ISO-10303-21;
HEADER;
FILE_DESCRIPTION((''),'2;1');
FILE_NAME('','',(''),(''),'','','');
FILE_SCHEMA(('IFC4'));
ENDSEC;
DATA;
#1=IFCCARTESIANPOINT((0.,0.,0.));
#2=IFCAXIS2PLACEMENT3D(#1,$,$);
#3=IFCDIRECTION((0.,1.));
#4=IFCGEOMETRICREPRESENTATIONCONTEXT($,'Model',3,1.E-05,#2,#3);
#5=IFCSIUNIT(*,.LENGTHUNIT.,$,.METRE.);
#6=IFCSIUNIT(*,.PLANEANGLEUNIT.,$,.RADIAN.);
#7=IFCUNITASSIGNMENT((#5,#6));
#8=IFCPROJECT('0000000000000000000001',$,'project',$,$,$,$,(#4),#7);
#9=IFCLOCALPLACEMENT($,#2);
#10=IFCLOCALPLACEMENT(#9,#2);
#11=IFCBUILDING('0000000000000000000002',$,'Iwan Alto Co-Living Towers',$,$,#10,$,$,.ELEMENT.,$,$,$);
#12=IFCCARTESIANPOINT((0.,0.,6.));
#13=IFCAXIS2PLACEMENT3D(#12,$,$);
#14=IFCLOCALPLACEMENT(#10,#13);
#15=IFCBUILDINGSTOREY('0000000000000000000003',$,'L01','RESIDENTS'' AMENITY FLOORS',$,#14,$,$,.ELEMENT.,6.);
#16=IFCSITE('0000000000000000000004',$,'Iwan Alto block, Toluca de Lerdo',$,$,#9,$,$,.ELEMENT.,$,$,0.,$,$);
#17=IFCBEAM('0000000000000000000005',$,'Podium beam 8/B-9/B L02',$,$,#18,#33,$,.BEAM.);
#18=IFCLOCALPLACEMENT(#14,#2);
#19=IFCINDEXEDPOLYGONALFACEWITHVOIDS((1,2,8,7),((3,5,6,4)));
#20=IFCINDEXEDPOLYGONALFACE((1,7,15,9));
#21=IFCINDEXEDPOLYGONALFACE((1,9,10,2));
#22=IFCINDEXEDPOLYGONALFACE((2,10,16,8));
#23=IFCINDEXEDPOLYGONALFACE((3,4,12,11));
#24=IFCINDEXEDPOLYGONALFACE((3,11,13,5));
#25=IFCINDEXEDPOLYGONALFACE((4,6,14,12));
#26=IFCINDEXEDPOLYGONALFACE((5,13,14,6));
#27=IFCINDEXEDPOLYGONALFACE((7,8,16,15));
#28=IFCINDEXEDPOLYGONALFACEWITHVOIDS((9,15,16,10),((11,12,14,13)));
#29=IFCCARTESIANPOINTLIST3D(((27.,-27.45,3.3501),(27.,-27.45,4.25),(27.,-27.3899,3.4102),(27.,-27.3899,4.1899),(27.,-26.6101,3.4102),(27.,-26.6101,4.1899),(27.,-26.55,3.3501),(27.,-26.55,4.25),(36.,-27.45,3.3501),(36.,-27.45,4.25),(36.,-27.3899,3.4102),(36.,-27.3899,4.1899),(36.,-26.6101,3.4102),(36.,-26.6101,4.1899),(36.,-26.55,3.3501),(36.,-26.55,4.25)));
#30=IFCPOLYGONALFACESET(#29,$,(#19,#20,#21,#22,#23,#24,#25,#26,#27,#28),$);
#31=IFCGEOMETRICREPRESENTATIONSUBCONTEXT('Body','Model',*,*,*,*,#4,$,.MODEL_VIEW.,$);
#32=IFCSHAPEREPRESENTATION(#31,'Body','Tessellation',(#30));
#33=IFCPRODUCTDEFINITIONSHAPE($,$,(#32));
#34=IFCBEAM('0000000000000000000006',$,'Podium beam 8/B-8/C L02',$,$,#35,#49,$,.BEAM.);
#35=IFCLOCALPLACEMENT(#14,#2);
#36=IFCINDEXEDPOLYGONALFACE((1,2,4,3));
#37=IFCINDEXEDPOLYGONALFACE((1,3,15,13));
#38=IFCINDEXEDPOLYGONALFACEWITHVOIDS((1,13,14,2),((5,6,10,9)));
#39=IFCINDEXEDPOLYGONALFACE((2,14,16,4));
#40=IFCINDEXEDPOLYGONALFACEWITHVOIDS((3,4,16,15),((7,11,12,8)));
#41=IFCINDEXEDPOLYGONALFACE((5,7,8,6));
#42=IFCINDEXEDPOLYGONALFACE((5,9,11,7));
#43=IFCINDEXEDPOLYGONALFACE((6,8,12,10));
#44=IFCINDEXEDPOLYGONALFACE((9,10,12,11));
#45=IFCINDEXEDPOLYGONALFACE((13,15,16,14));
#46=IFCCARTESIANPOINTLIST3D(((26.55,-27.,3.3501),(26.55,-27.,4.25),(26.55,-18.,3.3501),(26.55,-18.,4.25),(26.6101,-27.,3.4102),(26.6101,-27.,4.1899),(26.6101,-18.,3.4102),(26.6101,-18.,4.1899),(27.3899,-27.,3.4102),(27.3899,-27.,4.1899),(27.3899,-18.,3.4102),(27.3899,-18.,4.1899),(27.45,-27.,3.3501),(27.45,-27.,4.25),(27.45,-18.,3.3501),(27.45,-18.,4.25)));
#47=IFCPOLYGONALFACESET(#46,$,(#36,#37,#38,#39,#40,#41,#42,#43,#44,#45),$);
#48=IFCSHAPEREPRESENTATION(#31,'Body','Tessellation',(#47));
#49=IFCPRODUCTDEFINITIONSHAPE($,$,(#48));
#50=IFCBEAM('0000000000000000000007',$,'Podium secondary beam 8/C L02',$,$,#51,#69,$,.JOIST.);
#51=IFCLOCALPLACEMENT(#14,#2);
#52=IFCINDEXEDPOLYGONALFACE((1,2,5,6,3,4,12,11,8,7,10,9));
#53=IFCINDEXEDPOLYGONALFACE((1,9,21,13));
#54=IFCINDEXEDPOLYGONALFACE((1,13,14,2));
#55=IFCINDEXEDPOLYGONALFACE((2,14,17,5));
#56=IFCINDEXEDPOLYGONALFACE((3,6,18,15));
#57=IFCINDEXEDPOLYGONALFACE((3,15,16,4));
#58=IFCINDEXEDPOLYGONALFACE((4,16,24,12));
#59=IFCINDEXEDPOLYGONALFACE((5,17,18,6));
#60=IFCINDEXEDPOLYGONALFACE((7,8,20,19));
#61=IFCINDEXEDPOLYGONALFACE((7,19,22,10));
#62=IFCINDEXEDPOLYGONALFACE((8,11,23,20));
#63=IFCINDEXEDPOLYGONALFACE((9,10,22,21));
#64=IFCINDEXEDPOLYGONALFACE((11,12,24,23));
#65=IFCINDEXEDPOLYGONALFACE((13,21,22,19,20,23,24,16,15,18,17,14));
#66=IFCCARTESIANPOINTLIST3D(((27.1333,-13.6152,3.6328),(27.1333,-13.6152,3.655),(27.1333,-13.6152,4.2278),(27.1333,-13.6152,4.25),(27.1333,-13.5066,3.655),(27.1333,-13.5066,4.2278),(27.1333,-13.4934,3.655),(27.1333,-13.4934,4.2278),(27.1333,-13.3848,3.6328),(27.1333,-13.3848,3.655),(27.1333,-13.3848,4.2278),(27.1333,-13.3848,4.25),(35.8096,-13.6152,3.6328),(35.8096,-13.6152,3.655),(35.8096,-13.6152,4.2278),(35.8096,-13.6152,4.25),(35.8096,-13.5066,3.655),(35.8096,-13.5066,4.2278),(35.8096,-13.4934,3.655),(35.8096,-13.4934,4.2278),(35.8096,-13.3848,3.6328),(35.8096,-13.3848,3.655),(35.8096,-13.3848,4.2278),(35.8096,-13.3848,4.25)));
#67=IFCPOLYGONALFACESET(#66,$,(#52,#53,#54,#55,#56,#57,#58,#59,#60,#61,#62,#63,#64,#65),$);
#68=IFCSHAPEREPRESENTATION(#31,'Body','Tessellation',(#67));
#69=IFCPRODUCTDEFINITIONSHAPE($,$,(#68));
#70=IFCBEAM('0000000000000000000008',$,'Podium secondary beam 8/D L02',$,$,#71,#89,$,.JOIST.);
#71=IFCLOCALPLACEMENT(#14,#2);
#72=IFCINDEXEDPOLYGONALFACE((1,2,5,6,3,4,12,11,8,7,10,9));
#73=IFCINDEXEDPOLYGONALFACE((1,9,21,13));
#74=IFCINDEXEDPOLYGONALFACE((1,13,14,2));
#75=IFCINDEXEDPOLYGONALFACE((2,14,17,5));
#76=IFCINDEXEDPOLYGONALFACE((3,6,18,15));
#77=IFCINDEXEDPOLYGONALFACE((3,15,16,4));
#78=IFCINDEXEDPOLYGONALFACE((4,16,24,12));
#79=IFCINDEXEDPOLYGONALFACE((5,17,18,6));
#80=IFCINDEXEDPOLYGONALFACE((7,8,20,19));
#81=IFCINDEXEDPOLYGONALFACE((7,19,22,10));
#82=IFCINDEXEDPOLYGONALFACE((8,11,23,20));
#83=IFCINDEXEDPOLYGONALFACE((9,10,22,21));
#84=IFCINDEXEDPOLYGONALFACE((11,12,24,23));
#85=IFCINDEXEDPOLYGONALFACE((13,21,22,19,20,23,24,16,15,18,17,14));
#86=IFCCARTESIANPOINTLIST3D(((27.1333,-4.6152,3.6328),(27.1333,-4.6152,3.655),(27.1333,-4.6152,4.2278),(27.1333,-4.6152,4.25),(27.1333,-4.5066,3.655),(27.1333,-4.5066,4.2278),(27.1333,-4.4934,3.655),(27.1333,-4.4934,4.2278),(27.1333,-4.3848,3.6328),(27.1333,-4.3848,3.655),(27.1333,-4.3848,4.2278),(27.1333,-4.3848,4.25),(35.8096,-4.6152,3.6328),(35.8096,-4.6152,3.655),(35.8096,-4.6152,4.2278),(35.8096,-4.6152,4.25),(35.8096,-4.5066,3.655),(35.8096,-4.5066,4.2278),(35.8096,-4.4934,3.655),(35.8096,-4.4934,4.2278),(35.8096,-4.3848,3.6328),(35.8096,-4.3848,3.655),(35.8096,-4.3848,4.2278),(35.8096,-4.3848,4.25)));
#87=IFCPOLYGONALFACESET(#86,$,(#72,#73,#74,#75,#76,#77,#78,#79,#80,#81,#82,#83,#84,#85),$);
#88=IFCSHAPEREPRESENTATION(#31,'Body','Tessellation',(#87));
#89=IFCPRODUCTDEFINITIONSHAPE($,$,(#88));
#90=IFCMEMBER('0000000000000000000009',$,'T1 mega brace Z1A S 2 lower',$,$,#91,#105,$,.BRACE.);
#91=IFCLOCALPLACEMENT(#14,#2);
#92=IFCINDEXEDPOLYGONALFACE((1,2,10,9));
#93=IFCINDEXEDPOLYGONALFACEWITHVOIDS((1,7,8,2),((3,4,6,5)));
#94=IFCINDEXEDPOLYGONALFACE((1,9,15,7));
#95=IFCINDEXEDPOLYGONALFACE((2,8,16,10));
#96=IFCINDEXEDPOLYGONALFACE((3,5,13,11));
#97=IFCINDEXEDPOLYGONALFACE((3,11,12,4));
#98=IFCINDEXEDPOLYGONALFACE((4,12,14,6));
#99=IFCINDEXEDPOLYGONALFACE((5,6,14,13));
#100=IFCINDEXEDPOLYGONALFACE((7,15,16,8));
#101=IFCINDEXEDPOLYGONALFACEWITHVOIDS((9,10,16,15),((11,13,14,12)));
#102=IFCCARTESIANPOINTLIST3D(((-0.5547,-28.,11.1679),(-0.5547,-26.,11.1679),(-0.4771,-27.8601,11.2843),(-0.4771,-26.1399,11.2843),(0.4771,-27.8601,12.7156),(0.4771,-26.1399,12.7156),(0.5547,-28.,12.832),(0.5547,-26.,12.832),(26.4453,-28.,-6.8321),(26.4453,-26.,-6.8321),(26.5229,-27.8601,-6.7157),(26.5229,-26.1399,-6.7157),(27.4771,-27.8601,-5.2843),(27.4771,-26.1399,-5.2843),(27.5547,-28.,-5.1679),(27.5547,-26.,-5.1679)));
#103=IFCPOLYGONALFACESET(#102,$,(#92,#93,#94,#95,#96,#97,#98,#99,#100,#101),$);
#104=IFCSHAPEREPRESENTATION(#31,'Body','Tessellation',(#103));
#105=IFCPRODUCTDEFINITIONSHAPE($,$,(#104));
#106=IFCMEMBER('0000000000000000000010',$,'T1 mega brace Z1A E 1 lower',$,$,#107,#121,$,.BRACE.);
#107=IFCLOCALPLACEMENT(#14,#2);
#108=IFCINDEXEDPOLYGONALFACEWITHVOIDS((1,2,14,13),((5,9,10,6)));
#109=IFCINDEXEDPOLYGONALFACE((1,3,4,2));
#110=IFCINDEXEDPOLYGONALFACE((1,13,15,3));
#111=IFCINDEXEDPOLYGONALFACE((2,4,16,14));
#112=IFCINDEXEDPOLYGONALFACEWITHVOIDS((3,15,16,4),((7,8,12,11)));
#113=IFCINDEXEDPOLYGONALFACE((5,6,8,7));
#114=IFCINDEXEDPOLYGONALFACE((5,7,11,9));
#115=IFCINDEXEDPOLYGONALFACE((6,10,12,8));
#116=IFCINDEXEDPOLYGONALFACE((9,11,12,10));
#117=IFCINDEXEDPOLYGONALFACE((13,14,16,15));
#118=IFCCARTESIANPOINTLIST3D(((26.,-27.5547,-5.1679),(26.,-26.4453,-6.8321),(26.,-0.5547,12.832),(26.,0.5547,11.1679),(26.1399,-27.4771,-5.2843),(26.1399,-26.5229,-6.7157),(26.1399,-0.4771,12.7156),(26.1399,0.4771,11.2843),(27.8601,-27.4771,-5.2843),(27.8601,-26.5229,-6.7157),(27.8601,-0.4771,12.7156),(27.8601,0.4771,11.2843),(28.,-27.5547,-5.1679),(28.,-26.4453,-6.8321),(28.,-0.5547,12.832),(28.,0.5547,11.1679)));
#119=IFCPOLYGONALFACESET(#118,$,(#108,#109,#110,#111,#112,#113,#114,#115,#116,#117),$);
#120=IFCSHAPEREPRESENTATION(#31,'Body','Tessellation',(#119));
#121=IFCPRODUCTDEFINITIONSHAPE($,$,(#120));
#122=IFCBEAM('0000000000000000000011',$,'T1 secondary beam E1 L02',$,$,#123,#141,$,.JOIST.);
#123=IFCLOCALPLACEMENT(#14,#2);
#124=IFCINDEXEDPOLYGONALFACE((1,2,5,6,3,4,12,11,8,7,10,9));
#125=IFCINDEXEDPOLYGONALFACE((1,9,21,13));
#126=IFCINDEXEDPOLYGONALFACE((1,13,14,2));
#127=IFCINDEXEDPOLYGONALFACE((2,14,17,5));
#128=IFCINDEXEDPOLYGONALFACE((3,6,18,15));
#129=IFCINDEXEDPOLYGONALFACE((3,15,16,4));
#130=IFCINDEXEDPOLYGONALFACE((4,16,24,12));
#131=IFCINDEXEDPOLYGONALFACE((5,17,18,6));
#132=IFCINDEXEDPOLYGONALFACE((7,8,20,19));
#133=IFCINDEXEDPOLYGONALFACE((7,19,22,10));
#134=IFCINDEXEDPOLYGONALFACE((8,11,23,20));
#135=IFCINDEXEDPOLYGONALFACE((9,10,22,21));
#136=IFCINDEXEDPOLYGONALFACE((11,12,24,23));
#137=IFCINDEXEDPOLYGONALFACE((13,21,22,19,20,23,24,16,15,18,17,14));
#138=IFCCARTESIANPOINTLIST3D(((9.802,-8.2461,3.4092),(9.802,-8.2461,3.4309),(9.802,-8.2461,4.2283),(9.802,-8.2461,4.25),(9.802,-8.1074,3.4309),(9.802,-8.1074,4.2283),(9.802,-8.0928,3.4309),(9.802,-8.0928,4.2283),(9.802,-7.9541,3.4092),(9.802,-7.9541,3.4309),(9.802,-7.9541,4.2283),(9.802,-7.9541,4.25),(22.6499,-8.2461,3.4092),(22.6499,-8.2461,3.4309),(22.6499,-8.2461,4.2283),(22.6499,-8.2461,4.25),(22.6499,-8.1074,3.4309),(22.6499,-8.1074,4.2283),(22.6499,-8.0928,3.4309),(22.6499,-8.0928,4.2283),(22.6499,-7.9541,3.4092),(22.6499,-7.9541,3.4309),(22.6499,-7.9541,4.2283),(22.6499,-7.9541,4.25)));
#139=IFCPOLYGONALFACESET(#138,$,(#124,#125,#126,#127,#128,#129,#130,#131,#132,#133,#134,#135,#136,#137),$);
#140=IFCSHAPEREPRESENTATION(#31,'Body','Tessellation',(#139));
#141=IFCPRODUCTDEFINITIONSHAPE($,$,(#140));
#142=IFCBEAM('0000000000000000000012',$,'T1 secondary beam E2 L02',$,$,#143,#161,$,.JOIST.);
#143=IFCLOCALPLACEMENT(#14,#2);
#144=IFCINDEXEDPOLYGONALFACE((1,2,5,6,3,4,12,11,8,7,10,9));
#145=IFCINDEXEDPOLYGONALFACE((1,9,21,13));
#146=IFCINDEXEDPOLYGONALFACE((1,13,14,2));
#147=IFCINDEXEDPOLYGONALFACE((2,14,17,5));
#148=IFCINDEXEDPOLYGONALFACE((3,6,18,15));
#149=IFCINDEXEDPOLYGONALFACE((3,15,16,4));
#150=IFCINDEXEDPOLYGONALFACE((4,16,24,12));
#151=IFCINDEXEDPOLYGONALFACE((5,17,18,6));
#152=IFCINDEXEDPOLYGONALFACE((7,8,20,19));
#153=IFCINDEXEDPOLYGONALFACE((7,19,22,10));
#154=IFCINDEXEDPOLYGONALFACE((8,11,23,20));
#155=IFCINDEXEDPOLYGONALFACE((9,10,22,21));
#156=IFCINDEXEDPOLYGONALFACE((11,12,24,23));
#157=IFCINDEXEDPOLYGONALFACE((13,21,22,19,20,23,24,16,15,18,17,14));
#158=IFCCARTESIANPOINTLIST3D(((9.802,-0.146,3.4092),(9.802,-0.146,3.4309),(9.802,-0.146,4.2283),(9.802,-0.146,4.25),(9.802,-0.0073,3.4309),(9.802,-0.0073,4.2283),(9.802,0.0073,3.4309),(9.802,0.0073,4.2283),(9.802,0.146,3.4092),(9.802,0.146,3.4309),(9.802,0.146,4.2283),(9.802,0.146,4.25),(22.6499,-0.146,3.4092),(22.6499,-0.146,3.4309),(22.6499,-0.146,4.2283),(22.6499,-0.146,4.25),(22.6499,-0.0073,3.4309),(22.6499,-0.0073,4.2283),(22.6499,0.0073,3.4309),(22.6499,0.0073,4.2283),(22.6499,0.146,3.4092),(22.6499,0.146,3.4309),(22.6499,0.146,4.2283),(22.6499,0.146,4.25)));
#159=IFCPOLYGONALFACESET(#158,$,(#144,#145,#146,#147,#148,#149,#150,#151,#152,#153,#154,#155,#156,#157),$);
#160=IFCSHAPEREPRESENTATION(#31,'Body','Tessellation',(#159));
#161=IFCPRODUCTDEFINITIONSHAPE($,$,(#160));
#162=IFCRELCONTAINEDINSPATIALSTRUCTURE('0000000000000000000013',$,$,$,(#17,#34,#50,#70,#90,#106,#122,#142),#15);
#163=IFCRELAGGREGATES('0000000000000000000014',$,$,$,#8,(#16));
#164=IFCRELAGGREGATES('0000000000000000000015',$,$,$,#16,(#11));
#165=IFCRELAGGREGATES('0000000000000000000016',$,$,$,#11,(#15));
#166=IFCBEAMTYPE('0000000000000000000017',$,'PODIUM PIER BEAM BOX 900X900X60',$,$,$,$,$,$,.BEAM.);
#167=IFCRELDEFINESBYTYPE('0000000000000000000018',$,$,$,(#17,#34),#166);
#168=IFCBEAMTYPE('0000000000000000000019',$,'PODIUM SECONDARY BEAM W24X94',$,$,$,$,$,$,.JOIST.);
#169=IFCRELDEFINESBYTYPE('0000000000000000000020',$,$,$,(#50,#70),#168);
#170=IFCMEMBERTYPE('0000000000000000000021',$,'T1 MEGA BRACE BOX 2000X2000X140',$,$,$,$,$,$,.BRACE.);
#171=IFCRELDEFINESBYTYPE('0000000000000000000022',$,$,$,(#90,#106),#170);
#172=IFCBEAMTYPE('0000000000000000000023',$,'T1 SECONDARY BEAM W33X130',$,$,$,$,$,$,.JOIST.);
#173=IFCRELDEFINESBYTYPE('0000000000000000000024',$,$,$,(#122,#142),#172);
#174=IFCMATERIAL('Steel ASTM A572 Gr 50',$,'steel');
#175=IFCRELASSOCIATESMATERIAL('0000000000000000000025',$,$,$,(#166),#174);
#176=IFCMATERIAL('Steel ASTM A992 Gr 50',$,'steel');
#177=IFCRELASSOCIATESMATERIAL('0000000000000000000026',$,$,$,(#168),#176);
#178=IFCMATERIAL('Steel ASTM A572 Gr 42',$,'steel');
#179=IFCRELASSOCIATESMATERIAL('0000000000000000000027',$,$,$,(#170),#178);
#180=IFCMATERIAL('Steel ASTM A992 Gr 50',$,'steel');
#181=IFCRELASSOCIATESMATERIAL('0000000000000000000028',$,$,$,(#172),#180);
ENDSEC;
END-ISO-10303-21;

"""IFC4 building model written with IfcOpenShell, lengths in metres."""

from ifc_helpers import new_model, si_unit, direction, frame, origin, origin_2d, place, context, subcontext, project, spatial, hollow_rectangle, i_section, extrude, material, material_profile, profile_set, type_object, element, save


model = new_model("IFC4")

# Units and contexts
model_context = context("Model", 3, precision=1e-05, world=origin(), true_north=direction((0.0, 1.0)))
body_context = subcontext(model_context, "Body", "Model", "MODEL_VIEW")
ifc_project = project(units=[si_unit("LENGTHUNIT", "METRE"), si_unit("PLANEANGLEUNIT", "RADIAN")], contexts=[model_context])

# Site, building, storey
site_placement = place(None, origin())
site = spatial("IfcSite", under=ifc_project, at=site_placement, Name="Iwan Alto block, Toluca de Lerdo", CompositionType="ELEMENT", RefElevation=0.0)
building_placement = place(site_placement, origin())
building = spatial("IfcBuilding", under=site, at=building_placement, Name="Iwan Alto Co-Living Towers", CompositionType="ELEMENT")
storey_placement = place(building_placement, frame((0.0, 0.0, 6.0)))
storey = spatial("IfcBuildingStorey", under=building, at=storey_placement, Name="L01", Description="RESIDENTS' AMENITY FLOORS", CompositionType="ELEMENT", Elevation=6.0)

# Beams
ifc_material_1 = material(Name="Steel ASTM A572 Gr 50", Category="steel")
ifc_material_profile_1 = material_profile(ifc_material_1, hollow_rectangle(XDim=0.8999, YDim=0.8999, WallThickness=0.0601, at=origin_2d()), Name="BOX 900X900X60")
ifc_profile_set_1 = profile_set([ifc_material_profile_1], Name="Steel ASTM A572 Gr 50")
beam_type_1 = type_object("IfcBeamType", Name="PODIUM PIER BEAM BOX 900X900X60", PredefinedType="BEAM", material=ifc_profile_set_1)
for number, where, z_axis, x_axis, name in (
    (1, (27.0, -27.0, 3.8), (1.0, 0.0, 0.0), (0.0, 1.0, 0.0), "Podium beam 8/B-9/B L02"),
    (2, (27.0, -27.0, 3.8), (0.0, 1.0, 0.0), (-1.0, 0.0, 0.0), "Podium beam 8/B-8/C L02"),
):
    element("IfcBeam", number, at=place(storey_placement, frame(where, z_axis=z_axis, x_axis=x_axis)), inside=storey, type_object=beam_type_1, Name=name, PredefinedType="BEAM", context=body_context, shape_type="SweptSolid", body=[
        extrude(hollow_rectangle(XDim=0.8999, YDim=0.8999, WallThickness=0.0601, at=origin_2d()), origin(), (0.0, 0.0, 1.0), 9.0),
    ])
ifc_material_2 = material(Name="Steel ASTM A992 Gr 50", Category="steel")
ifc_material_profile_2 = material_profile(ifc_material_2, i_section(OverallWidth=0.2305, OverallDepth=0.6172, WebThickness=0.0132, FlangeThickness=0.0222, at=origin_2d()), Name="W24X94")
ifc_profile_set_2 = profile_set([ifc_material_profile_2], Name="Steel ASTM A992 Gr 50")
beam_type_2 = type_object("IfcBeamType", Name="PODIUM SECONDARY BEAM W24X94", PredefinedType="JOIST", material=ifc_profile_set_2)
for number, where, z_axis, x_axis, name in (
    (3, (27.1333, -13.5, 3.9414), (1.0, 0.0, 0.0), (0.0, 1.0, 0.0), "Podium secondary beam 8/C L02"),
    (4, (27.1333, -4.5, 3.9414), (1.0, 0.0, 0.0), (0.0, 1.0, 0.0), "Podium secondary beam 8/D L02"),
):
    element("IfcBeam", number, at=place(storey_placement, frame(where, z_axis=z_axis, x_axis=x_axis)), inside=storey, type_object=beam_type_2, Name=name, PredefinedType="JOIST", context=body_context, shape_type="SweptSolid", body=[
        extrude(i_section(OverallWidth=0.2305, OverallDepth=0.6172, WebThickness=0.0132, FlangeThickness=0.0222, at=origin_2d()), origin(), (0.0, 0.0, 1.0), 8.6763),
    ])

# Members
ifc_material_3 = material(Name="Steel ASTM A572 Gr 42", Category="steel")
ifc_material_profile_3 = material_profile(ifc_material_3, hollow_rectangle(XDim=2.0, YDim=2.0, WallThickness=0.1399, at=origin_2d()), Name="BOX 2000X2000X140")
ifc_profile_set_3 = profile_set([ifc_material_profile_3], Name="Steel ASTM A572 Gr 42")
member_type = type_object("IfcMemberType", Name="T1 MEGA BRACE BOX 2000X2000X140", PredefinedType="BRACE", material=ifc_profile_set_3)
for number, where, z_axis, x_axis, name in (
    (5, (27.0, -27.0, -6.0), (-0.83205, 0.0, 0.5547), (0.0, -1.0, 0.0), "T1 mega brace Z1A S 2 lower"),
    (6, (27.0, -27.0, -6.0), (0.0, 0.83205, 0.5547), (-1.0, 0.0, 0.0), "T1 mega brace Z1A E 1 lower"),
):
    element("IfcMember", number, at=place(storey_placement, frame(where, z_axis=z_axis, x_axis=x_axis)), inside=storey, type_object=member_type, Name=name, PredefinedType="BRACE", context=body_context, shape_type="SweptSolid", body=[
        extrude(hollow_rectangle(XDim=2.0, YDim=2.0, WallThickness=0.1399, at=origin_2d()), origin(), (0.0, 0.0, 1.0), 32.45),
    ])

# Beams
ifc_material_4 = material(Name="Steel ASTM A992 Gr 50", Category="steel")
ifc_material_profile_4 = material_profile(ifc_material_4, i_section(OverallWidth=0.292, OverallDepth=0.8408, WebThickness=0.0146, FlangeThickness=0.0217, at=origin_2d()), Name="W33X130")
ifc_profile_set_4 = profile_set([ifc_material_profile_4], Name="Steel ASTM A992 Gr 50")
beam_type_3 = type_object("IfcBeamType", Name="T1 SECONDARY BEAM W33X130", PredefinedType="JOIST", material=ifc_profile_set_4)
for number, where, z_axis, x_axis, name in (
    (7, (22.6499, -8.1001, 3.8296), (-1.0, 0.0, 0.0), (0.0, -1.0, 0.0), "T1 secondary beam E1 L02"),
    (8, (22.6499, 0.0, 3.8296), (-1.0, 0.0, 0.0), (0.0, -1.0, 0.0), "T1 secondary beam E2 L02"),
):
    element("IfcBeam", number, at=place(storey_placement, frame(where, z_axis=z_axis, x_axis=x_axis)), inside=storey, type_object=beam_type_3, Name=name, PredefinedType="JOIST", context=body_context, shape_type="SweptSolid", body=[
        extrude(i_section(OverallWidth=0.292, OverallDepth=0.8408, WebThickness=0.0146, FlangeThickness=0.0217, at=origin_2d()), origin(), (0.0, 0.0, 1.0), 12.8479),
    ])

save(model, "model.ifc")
